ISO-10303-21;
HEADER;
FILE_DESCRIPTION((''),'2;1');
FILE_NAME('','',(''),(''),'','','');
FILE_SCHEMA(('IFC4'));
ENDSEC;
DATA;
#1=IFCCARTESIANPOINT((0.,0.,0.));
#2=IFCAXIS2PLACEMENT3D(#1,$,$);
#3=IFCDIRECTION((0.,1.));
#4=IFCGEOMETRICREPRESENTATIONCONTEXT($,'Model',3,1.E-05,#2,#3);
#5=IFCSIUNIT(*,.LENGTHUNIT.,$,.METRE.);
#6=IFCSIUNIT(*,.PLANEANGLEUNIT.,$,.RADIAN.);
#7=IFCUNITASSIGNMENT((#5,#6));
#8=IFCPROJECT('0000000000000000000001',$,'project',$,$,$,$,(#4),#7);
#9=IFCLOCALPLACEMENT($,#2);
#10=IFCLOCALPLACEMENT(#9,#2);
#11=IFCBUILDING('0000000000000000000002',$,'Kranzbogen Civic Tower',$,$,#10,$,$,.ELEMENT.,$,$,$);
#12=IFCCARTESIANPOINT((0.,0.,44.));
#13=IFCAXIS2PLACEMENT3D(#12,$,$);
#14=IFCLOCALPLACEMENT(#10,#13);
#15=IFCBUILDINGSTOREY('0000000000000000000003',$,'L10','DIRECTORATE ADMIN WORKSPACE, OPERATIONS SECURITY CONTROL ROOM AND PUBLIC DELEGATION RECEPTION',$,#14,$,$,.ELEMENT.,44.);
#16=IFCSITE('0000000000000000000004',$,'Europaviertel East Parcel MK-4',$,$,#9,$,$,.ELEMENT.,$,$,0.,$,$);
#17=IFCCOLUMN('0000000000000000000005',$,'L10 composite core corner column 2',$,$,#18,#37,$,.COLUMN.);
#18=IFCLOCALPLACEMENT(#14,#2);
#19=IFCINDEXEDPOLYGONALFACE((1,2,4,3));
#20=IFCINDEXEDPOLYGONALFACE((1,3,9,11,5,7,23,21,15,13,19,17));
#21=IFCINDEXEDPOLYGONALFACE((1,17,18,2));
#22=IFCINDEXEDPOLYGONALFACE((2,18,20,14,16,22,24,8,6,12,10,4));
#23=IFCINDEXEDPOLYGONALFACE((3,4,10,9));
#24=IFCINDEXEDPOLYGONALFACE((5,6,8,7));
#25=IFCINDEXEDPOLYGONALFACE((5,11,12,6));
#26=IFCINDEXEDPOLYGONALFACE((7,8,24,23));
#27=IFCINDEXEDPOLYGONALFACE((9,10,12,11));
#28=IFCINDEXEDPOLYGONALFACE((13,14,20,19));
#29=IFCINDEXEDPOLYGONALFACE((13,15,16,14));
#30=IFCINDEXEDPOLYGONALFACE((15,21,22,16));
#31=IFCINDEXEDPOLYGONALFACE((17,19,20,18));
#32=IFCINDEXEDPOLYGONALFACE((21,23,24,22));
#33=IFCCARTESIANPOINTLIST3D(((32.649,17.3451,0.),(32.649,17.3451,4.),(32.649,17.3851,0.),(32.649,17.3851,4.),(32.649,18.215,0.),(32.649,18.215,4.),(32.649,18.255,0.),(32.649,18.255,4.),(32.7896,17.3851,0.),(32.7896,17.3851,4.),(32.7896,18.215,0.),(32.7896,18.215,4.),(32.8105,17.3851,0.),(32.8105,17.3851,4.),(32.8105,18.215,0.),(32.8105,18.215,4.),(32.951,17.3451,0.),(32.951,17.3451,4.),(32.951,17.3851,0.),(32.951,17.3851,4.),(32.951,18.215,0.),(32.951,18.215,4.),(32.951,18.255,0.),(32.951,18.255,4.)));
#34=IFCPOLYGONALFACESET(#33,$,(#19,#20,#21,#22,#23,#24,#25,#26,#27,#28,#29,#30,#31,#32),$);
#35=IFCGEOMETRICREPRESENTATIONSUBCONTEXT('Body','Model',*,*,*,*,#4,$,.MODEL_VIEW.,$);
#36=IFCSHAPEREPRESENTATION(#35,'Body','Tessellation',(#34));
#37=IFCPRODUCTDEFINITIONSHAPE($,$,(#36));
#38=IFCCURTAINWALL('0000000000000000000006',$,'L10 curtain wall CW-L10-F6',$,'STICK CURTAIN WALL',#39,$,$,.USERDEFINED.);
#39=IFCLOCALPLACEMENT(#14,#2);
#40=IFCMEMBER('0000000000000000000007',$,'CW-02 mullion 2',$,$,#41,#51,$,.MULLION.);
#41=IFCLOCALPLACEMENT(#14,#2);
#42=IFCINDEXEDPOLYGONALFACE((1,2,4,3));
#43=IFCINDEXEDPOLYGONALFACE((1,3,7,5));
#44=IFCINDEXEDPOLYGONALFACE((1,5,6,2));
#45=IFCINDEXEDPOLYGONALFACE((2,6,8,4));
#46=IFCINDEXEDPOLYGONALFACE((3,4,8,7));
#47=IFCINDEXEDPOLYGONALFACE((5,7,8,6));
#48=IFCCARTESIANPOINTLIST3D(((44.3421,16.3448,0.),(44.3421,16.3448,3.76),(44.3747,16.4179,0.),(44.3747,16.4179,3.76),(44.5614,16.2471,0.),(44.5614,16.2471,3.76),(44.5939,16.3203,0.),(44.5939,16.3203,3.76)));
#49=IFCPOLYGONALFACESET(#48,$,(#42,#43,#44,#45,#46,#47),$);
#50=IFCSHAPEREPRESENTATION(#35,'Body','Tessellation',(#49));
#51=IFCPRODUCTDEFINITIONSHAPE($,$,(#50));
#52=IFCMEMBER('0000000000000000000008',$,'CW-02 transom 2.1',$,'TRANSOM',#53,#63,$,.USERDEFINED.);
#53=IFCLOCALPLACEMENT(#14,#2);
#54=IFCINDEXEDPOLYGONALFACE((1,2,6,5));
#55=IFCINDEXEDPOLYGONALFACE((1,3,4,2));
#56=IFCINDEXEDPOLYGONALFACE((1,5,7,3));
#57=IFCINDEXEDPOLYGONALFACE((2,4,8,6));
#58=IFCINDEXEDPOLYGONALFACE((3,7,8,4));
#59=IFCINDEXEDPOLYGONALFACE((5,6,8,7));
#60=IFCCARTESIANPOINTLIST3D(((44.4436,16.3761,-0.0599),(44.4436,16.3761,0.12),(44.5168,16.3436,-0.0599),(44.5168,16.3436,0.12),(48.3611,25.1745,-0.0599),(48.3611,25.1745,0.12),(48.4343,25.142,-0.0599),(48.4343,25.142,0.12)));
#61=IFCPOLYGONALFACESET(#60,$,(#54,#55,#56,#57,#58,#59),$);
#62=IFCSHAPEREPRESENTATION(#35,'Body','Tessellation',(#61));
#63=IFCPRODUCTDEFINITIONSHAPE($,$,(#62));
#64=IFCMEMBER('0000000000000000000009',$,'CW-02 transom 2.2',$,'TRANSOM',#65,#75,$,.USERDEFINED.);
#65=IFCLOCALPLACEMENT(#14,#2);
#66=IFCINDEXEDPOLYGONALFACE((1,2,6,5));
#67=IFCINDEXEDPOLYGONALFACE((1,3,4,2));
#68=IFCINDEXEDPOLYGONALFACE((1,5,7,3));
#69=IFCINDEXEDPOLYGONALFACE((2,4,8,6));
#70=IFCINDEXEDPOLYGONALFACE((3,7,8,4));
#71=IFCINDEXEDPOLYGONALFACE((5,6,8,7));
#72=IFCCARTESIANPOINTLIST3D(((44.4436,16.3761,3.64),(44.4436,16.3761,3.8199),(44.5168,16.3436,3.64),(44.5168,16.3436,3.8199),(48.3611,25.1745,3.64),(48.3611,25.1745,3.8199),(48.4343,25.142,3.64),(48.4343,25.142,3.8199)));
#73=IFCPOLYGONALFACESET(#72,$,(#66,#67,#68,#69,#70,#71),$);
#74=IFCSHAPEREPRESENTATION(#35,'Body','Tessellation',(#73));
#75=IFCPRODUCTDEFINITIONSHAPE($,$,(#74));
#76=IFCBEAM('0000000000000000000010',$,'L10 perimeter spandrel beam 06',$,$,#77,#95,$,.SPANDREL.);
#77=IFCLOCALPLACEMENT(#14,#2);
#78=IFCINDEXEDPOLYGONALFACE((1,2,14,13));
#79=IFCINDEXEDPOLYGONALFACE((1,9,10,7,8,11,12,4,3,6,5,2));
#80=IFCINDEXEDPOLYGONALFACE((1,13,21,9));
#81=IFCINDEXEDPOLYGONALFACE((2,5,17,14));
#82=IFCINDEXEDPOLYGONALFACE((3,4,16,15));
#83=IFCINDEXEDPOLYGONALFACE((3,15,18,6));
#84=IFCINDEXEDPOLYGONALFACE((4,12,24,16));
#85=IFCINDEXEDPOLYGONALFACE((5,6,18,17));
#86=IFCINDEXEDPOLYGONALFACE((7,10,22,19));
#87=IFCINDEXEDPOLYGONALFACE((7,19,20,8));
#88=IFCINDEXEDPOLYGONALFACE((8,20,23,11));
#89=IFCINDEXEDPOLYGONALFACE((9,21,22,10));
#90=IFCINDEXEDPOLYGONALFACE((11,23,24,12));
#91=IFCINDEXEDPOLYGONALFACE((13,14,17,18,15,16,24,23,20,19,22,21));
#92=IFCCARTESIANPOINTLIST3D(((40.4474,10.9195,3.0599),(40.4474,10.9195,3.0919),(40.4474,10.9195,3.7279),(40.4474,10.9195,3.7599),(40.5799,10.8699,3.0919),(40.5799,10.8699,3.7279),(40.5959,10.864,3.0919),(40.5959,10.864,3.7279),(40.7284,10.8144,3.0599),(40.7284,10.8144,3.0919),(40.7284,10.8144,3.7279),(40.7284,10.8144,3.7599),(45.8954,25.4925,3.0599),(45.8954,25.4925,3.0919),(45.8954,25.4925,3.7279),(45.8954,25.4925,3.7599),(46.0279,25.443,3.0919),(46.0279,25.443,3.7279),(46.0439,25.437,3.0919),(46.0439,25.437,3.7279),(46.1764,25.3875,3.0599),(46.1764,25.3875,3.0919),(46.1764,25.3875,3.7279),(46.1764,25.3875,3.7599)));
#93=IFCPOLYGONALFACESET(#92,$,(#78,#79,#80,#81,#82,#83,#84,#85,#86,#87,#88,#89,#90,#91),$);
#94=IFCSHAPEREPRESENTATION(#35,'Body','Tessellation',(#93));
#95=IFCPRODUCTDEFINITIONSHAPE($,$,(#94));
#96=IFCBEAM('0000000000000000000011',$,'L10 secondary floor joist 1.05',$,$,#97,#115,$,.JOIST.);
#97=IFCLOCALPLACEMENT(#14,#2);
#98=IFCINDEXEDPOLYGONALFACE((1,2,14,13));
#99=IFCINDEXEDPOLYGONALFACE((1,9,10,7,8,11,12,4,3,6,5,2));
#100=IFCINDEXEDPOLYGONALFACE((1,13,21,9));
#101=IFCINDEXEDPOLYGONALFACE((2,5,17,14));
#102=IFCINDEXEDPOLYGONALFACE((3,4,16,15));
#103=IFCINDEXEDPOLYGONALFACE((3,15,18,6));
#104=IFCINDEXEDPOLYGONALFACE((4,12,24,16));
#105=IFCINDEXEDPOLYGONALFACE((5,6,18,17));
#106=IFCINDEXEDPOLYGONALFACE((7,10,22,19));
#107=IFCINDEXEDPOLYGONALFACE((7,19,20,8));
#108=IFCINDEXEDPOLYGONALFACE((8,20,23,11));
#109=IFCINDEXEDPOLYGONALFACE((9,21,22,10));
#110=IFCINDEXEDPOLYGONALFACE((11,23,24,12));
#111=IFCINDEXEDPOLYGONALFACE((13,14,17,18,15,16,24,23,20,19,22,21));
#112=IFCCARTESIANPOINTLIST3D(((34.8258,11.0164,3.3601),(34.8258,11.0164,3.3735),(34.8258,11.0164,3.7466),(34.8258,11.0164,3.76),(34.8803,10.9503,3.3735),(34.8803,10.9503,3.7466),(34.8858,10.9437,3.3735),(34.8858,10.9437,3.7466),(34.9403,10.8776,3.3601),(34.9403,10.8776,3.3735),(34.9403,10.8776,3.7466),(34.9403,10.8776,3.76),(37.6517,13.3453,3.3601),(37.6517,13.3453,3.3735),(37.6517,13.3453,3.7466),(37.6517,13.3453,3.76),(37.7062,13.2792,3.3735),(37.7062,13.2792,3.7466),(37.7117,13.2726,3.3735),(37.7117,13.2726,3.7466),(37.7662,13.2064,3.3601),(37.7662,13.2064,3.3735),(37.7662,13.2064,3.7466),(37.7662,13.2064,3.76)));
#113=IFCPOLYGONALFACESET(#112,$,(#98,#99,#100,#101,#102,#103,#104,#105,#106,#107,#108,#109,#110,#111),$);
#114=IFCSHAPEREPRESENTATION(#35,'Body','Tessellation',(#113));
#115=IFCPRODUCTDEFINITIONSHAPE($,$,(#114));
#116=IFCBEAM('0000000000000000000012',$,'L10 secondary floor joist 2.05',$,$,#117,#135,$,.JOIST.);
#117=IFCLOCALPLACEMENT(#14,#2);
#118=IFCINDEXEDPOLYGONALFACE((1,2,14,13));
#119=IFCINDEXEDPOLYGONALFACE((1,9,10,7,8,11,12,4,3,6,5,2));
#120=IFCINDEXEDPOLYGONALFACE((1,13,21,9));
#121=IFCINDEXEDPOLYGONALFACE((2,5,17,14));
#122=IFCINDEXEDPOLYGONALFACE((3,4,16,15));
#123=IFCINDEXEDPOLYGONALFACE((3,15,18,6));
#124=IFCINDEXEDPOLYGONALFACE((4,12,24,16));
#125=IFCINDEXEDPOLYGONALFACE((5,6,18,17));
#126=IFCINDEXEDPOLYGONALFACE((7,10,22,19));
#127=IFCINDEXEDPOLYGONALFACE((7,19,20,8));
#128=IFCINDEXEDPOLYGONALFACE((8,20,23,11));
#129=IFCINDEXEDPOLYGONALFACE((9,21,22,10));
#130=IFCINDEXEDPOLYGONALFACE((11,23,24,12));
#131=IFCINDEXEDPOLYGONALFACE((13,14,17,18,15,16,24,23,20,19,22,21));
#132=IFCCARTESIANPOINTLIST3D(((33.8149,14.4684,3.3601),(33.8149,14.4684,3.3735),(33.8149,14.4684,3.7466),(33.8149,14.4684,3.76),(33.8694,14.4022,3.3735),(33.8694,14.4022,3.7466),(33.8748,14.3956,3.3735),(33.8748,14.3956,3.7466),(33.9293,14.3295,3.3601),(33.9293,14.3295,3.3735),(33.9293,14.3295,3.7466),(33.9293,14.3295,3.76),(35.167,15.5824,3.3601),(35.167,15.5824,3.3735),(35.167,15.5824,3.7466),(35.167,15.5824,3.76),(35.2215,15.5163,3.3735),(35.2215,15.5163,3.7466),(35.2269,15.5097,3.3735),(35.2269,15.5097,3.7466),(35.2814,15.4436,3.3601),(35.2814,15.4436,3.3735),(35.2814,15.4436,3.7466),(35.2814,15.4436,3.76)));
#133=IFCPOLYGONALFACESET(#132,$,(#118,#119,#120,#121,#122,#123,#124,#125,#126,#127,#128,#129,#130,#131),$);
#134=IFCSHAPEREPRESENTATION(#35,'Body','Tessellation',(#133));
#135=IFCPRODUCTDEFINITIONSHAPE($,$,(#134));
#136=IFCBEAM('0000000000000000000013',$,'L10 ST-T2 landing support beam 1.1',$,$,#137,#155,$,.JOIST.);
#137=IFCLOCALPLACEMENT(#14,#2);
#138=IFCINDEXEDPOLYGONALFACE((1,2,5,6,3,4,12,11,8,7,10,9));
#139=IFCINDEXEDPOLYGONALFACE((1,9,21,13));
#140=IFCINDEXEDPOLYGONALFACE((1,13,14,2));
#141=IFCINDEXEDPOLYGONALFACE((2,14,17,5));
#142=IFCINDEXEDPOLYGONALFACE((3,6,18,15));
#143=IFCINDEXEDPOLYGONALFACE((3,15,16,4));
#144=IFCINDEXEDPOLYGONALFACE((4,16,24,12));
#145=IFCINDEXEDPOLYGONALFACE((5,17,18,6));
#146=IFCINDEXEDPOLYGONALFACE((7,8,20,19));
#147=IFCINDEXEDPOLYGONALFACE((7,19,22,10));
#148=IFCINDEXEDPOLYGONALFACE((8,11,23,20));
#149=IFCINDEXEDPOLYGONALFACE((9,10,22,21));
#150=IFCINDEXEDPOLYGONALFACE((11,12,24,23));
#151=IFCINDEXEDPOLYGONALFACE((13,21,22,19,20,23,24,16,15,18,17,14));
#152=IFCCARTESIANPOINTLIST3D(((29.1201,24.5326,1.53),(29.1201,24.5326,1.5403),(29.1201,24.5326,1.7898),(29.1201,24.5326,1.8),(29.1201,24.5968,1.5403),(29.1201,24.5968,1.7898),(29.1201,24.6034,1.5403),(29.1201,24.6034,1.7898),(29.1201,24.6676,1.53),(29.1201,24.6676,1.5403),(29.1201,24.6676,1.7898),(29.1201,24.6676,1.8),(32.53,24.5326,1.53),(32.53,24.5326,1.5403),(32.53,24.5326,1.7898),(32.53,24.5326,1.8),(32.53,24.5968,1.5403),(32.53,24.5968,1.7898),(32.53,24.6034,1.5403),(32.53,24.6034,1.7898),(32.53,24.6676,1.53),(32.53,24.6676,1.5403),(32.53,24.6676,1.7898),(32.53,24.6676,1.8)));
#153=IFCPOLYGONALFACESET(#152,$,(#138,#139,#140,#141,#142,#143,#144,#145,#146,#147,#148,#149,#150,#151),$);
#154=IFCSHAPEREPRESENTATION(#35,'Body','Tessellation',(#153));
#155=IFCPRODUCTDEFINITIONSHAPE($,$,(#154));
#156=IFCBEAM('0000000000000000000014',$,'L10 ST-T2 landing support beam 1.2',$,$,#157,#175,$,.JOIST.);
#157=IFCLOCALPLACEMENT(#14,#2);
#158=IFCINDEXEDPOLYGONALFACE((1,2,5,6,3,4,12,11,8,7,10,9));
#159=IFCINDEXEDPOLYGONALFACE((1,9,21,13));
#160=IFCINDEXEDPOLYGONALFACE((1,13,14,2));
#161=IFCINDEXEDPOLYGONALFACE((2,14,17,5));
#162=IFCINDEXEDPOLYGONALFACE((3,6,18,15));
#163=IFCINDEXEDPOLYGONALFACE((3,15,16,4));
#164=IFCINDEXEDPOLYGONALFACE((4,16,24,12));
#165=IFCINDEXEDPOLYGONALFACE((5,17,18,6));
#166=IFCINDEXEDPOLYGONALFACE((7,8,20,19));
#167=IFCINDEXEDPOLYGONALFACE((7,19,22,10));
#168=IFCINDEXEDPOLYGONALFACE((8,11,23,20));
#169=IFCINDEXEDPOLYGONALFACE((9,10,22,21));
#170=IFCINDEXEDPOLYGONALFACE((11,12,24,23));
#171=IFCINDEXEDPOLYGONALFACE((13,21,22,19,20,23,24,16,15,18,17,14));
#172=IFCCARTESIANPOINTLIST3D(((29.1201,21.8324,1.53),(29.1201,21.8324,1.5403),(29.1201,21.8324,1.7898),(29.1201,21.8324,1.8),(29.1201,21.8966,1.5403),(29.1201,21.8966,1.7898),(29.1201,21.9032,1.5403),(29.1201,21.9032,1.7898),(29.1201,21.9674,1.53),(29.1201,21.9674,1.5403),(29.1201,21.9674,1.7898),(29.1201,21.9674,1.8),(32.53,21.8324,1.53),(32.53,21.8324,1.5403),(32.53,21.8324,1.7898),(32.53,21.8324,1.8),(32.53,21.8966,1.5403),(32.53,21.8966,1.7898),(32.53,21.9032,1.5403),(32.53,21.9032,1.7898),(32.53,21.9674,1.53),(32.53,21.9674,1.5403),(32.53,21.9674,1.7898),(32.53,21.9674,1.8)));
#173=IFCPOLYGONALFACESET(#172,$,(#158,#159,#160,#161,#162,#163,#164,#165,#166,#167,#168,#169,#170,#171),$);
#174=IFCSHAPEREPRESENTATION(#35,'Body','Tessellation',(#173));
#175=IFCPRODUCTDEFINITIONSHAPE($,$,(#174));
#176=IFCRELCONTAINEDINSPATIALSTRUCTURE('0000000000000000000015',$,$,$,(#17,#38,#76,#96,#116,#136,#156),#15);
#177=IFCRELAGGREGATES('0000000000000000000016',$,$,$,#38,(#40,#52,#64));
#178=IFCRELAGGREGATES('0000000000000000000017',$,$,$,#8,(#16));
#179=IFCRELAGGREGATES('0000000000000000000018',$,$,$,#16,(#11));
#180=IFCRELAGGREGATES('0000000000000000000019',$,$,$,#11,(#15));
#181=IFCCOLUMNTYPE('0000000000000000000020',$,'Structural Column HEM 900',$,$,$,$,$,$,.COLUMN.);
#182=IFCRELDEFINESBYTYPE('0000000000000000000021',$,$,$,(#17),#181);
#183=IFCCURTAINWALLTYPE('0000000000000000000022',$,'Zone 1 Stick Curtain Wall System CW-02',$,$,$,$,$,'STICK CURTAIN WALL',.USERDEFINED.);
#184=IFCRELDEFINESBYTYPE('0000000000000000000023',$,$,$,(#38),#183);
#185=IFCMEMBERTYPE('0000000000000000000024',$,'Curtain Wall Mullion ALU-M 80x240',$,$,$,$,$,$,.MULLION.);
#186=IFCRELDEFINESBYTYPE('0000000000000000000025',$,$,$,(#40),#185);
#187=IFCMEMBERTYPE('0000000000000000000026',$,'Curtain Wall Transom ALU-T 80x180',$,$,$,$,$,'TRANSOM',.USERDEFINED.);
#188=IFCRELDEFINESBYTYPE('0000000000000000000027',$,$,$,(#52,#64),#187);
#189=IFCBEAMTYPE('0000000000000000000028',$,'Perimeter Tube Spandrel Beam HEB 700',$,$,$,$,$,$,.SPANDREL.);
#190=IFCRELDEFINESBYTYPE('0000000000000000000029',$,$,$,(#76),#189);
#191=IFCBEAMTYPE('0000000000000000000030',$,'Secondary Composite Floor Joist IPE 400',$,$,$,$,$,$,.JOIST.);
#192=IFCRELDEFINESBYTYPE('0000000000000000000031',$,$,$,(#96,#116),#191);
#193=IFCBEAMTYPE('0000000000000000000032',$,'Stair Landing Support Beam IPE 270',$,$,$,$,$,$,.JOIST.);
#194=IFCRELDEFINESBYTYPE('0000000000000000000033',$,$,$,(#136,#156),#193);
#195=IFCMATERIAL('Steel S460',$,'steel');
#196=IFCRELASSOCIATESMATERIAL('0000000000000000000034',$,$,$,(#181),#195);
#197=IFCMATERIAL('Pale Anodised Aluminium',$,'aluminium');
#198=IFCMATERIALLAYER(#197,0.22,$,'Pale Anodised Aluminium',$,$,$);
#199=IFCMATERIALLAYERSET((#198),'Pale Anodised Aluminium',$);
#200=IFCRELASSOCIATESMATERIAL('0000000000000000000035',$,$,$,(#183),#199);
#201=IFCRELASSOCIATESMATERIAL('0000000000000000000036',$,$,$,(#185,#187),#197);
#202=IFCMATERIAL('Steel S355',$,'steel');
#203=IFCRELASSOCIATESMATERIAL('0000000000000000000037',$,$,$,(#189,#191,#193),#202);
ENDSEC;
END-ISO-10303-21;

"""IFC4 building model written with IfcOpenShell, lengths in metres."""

from ifc_helpers import new_model, si_unit, direction, frame, origin, origin_2d, place, context, subcontext, project, spatial, rectangle, i_section, extrude, material, layer, layer_set, material_profile, profile_set, type_object, element, aggregate, save


model = new_model("IFC4")

# Units and contexts
model_context = context("Model", 3, precision=1e-05, world=origin(), true_north=direction((0.0, 1.0)))
body_context = subcontext(model_context, "Body", "Model", "MODEL_VIEW")
ifc_project = project(units=[si_unit("LENGTHUNIT", "METRE"), si_unit("PLANEANGLEUNIT", "RADIAN")], contexts=[model_context])

# Site, building, storey
site_placement = place(None, origin())
site = spatial("IfcSite", under=ifc_project, at=site_placement, Name="Europaviertel East Parcel MK-4", CompositionType="ELEMENT", RefElevation=0.0)
building_placement = place(site_placement, origin())
building = spatial("IfcBuilding", under=site, at=building_placement, Name="Kranzbogen Civic Tower", CompositionType="ELEMENT")
storey_placement = place(building_placement, frame((0.0, 0.0, 44.0)))
storey = spatial("IfcBuildingStorey", under=building, at=storey_placement, Name="L10", Description="DIRECTORATE ADMIN WORKSPACE, OPERATIONS SECURITY CONTROL ROOM AND PUBLIC DELEGATION RECEPTION", CompositionType="ELEMENT", Elevation=44.0)

# Column
ifc_material_1 = material(Name="Steel S460", Category="steel")
ifc_material_profile_1 = material_profile(ifc_material_1, i_section(OverallWidth=0.302, OverallDepth=0.9099, WebThickness=0.021, FlangeThickness=0.04, at=origin_2d()), Name="HEM 900")
ifc_profile_set_1 = profile_set([ifc_material_profile_1], Name="Steel S460")
column_type = type_object("IfcColumnType", Name="Structural Column HEM 900", PredefinedType="COLUMN", material=ifc_profile_set_1)
column_placement = place(storey_placement, frame((32.8, 17.8, 0.0), z_axis=(0.0, 0.0, 1.0), x_axis=(1.0, 0.0, 0.0)))
element("IfcColumn", 1, at=column_placement, inside=storey, type_object=column_type, Name="L10 composite core corner column 2", PredefinedType="COLUMN", context=body_context, shape_type="SweptSolid", body=[
    extrude(i_section(OverallWidth=0.302, OverallDepth=0.9099, WebThickness=0.021, FlangeThickness=0.04, at=origin_2d()), origin(), (0.0, 0.0, 1.0), 4.0),
])

# Curtain wall, members
ifc_material_2 = material(Name="Pale Anodised Aluminium", Category="aluminium")
ifc_layer_1 = layer(ifc_material_2, 0.22, Name="Pale Anodised Aluminium")
ifc_layer_set_1 = layer_set([ifc_layer_1], Name="Pale Anodised Aluminium")
curtain_wall_type = type_object("IfcCurtainWallType", Name="Zone 1 Stick Curtain Wall System CW-02", ElementType="STICK CURTAIN WALL", PredefinedType="USERDEFINED", material=ifc_layer_set_1)
curtain_wall_placement = place(storey_placement, origin())
curtain_wall = element("IfcCurtainWall", 2, at=curtain_wall_placement, inside=storey, type_object=curtain_wall_type, Name="L10 curtain wall CW-L10-F6", ObjectType="STICK CURTAIN WALL", PredefinedType="USERDEFINED")
ifc_material_profile_2 = material_profile(ifc_material_2, rectangle(XDim=0.0801, YDim=0.24, at=origin_2d()), Name="ALU-M 80x240")
ifc_profile_set_2 = profile_set([ifc_material_profile_2], Name="Pale Anodised Aluminium")
member_type_1 = type_object("IfcMemberType", Name="Curtain Wall Mullion ALU-M 80x240", PredefinedType="MULLION", material=ifc_profile_set_2)
member_1_placement = place(storey_placement, frame((44.468, 16.3325, 0.0), z_axis=(0.0, 0.0, 1.0), x_axis=(0.406749, 0.91354, 0.0)))
member_1 = element("IfcMember", 3, at=member_1_placement, type_object=member_type_1, Name="CW-02 mullion 2", PredefinedType="MULLION", context=body_context, shape_type="SweptSolid", body=[
    extrude(rectangle(XDim=0.0801, YDim=0.24, at=origin_2d()), origin(), (0.0, 0.0, 1.0), 3.76),
])
ifc_material_profile_3 = material_profile(ifc_material_2, rectangle(XDim=0.0801, YDim=0.1799, at=origin_2d()), Name="ALU-T 80x180")
ifc_profile_set_3 = profile_set([ifc_material_profile_3], Name="Pale Anodised Aluminium")
member_type_2 = type_object("IfcMemberType", Name="Curtain Wall Transom ALU-T 80x180", ElementType="TRANSOM", PredefinedType="USERDEFINED", material=ifc_profile_set_3)
member_2_placement = place(storey_placement, frame((44.4802, 16.3599, 0.03), z_axis=(0.406755, 0.913537, 0.0), x_axis=(-0.913537, 0.406755, 0.0)))
member_2 = element("IfcMember", 4, at=member_2_placement, type_object=member_type_2, Name="CW-02 transom 2.1", ObjectType="TRANSOM", PredefinedType="USERDEFINED", context=body_context, shape_type="SweptSolid", body=[
    extrude(rectangle(XDim=0.0801, YDim=0.1799, at=origin_2d()), origin(), (0.0, 0.0, 1.0), 9.6311),
])
member_3_placement = place(storey_placement, frame((44.4802, 16.3599, 3.73), z_axis=(0.406755, 0.913537, 0.0), x_axis=(-0.913537, 0.406755, 0.0)))
member_3 = element("IfcMember", 5, at=member_3_placement, type_object=member_type_2, Name="CW-02 transom 2.2", ObjectType="TRANSOM", PredefinedType="USERDEFINED", context=body_context, shape_type="SweptSolid", body=[
    extrude(rectangle(XDim=0.0801, YDim=0.1799, at=origin_2d()), origin(), (0.0, 0.0, 1.0), 9.6311),
])

# Beams
ifc_material_3 = material(Name="Steel S355", Category="steel")
ifc_material_profile_4 = material_profile(ifc_material_3, i_section(OverallWidth=0.3, OverallDepth=0.7, WebThickness=0.0171, FlangeThickness=0.032, at=origin_2d()), Name="HEB 700")
ifc_profile_set_4 = profile_set([ifc_material_profile_4], Name="Steel S355")
beam_type_1 = type_object("IfcBeamType", Name="Perimeter Tube Spandrel Beam HEB 700", PredefinedType="SPANDREL", material=ifc_profile_set_4)
beam_1_placement = place(storey_placement, frame((40.5879, 10.8669, 3.4099), z_axis=(0.350172, 0.936685, 0.0), x_axis=(-0.936685, 0.350172, 0.0)))
element("IfcBeam", 6, at=beam_1_placement, inside=storey, type_object=beam_type_1, Name="L10 perimeter spandrel beam 06", PredefinedType="SPANDREL", context=body_context, shape_type="SweptSolid", body=[
    extrude(i_section(OverallWidth=0.3, OverallDepth=0.7, WebThickness=0.0171, FlangeThickness=0.032, at=origin_2d()), origin(), (0.0, 0.0, 1.0), 15.5581),
])
ifc_material_profile_5 = material_profile(ifc_material_3, i_section(OverallWidth=0.1799, OverallDepth=0.3999, WebThickness=0.0085, FlangeThickness=0.0134, at=origin_2d()), Name="IPE 400")
ifc_profile_set_5 = profile_set([ifc_material_profile_5], Name="Steel S355")
beam_type_2 = type_object("IfcBeamType", Name="Secondary Composite Floor Joist IPE 400", PredefinedType="JOIST", material=ifc_profile_set_5)
beam_2_placement = place(storey_placement, frame((34.8831, 10.947, 3.5601), z_axis=(0.771713, 0.635971, 0.0), x_axis=(-0.635971, 0.771713, 0.0)))
element("IfcBeam", 7, at=beam_2_placement, inside=storey, type_object=beam_type_2, Name="L10 secondary floor joist 1.05", PredefinedType="JOIST", context=body_context, shape_type="SweptSolid", body=[
    extrude(i_section(OverallWidth=0.1799, OverallDepth=0.3999, WebThickness=0.0085, FlangeThickness=0.0134, at=origin_2d()), origin(), (0.0, 0.0, 1.0), 3.6619),
])
beam_3_placement = place(storey_placement, frame((33.8721, 14.3989, 3.5601), z_axis=(0.771773, 0.635898, 0.0), x_axis=(-0.635898, 0.771773, 0.0)))
element("IfcBeam", 8, at=beam_3_placement, inside=storey, type_object=beam_type_2, Name="L10 secondary floor joist 2.05", PredefinedType="JOIST", context=body_context, shape_type="SweptSolid", body=[
    extrude(i_section(OverallWidth=0.1799, OverallDepth=0.3999, WebThickness=0.0085, FlangeThickness=0.0134, at=origin_2d()), origin(), (0.0, 0.0, 1.0), 1.752),
])
ifc_material_profile_6 = material_profile(ifc_material_3, i_section(OverallWidth=0.135, OverallDepth=0.27, WebThickness=0.0066, FlangeThickness=0.0103, at=origin_2d()), Name="IPE 270")
ifc_profile_set_6 = profile_set([ifc_material_profile_6], Name="Steel S355")
beam_type_3 = type_object("IfcBeamType", Name="Stair Landing Support Beam IPE 270", PredefinedType="JOIST", material=ifc_profile_set_6)
for number, where, z_axis, x_axis, name in (
    (9, (29.1201, 24.6001, 1.665), (1.0, 0.0, 0.0), (0.0, 1.0, 0.0), "L10 ST-T2 landing support beam 1.1"),
    (10, (29.1201, 21.8999, 1.665), (1.0, 0.0, 0.0), (0.0, 1.0, 0.0), "L10 ST-T2 landing support beam 1.2"),
):
    element("IfcBeam", number, at=place(storey_placement, frame(where, z_axis=z_axis, x_axis=x_axis)), inside=storey, type_object=beam_type_3, Name=name, PredefinedType="JOIST", context=body_context, shape_type="SweptSolid", body=[
        extrude(i_section(OverallWidth=0.135, OverallDepth=0.27, WebThickness=0.0066, FlangeThickness=0.0103, at=origin_2d()), origin(), (0.0, 0.0, 1.0), 3.4099),
    ])

aggregate(curtain_wall, [member_1, member_2, member_3])

save(model, "model.ifc")
